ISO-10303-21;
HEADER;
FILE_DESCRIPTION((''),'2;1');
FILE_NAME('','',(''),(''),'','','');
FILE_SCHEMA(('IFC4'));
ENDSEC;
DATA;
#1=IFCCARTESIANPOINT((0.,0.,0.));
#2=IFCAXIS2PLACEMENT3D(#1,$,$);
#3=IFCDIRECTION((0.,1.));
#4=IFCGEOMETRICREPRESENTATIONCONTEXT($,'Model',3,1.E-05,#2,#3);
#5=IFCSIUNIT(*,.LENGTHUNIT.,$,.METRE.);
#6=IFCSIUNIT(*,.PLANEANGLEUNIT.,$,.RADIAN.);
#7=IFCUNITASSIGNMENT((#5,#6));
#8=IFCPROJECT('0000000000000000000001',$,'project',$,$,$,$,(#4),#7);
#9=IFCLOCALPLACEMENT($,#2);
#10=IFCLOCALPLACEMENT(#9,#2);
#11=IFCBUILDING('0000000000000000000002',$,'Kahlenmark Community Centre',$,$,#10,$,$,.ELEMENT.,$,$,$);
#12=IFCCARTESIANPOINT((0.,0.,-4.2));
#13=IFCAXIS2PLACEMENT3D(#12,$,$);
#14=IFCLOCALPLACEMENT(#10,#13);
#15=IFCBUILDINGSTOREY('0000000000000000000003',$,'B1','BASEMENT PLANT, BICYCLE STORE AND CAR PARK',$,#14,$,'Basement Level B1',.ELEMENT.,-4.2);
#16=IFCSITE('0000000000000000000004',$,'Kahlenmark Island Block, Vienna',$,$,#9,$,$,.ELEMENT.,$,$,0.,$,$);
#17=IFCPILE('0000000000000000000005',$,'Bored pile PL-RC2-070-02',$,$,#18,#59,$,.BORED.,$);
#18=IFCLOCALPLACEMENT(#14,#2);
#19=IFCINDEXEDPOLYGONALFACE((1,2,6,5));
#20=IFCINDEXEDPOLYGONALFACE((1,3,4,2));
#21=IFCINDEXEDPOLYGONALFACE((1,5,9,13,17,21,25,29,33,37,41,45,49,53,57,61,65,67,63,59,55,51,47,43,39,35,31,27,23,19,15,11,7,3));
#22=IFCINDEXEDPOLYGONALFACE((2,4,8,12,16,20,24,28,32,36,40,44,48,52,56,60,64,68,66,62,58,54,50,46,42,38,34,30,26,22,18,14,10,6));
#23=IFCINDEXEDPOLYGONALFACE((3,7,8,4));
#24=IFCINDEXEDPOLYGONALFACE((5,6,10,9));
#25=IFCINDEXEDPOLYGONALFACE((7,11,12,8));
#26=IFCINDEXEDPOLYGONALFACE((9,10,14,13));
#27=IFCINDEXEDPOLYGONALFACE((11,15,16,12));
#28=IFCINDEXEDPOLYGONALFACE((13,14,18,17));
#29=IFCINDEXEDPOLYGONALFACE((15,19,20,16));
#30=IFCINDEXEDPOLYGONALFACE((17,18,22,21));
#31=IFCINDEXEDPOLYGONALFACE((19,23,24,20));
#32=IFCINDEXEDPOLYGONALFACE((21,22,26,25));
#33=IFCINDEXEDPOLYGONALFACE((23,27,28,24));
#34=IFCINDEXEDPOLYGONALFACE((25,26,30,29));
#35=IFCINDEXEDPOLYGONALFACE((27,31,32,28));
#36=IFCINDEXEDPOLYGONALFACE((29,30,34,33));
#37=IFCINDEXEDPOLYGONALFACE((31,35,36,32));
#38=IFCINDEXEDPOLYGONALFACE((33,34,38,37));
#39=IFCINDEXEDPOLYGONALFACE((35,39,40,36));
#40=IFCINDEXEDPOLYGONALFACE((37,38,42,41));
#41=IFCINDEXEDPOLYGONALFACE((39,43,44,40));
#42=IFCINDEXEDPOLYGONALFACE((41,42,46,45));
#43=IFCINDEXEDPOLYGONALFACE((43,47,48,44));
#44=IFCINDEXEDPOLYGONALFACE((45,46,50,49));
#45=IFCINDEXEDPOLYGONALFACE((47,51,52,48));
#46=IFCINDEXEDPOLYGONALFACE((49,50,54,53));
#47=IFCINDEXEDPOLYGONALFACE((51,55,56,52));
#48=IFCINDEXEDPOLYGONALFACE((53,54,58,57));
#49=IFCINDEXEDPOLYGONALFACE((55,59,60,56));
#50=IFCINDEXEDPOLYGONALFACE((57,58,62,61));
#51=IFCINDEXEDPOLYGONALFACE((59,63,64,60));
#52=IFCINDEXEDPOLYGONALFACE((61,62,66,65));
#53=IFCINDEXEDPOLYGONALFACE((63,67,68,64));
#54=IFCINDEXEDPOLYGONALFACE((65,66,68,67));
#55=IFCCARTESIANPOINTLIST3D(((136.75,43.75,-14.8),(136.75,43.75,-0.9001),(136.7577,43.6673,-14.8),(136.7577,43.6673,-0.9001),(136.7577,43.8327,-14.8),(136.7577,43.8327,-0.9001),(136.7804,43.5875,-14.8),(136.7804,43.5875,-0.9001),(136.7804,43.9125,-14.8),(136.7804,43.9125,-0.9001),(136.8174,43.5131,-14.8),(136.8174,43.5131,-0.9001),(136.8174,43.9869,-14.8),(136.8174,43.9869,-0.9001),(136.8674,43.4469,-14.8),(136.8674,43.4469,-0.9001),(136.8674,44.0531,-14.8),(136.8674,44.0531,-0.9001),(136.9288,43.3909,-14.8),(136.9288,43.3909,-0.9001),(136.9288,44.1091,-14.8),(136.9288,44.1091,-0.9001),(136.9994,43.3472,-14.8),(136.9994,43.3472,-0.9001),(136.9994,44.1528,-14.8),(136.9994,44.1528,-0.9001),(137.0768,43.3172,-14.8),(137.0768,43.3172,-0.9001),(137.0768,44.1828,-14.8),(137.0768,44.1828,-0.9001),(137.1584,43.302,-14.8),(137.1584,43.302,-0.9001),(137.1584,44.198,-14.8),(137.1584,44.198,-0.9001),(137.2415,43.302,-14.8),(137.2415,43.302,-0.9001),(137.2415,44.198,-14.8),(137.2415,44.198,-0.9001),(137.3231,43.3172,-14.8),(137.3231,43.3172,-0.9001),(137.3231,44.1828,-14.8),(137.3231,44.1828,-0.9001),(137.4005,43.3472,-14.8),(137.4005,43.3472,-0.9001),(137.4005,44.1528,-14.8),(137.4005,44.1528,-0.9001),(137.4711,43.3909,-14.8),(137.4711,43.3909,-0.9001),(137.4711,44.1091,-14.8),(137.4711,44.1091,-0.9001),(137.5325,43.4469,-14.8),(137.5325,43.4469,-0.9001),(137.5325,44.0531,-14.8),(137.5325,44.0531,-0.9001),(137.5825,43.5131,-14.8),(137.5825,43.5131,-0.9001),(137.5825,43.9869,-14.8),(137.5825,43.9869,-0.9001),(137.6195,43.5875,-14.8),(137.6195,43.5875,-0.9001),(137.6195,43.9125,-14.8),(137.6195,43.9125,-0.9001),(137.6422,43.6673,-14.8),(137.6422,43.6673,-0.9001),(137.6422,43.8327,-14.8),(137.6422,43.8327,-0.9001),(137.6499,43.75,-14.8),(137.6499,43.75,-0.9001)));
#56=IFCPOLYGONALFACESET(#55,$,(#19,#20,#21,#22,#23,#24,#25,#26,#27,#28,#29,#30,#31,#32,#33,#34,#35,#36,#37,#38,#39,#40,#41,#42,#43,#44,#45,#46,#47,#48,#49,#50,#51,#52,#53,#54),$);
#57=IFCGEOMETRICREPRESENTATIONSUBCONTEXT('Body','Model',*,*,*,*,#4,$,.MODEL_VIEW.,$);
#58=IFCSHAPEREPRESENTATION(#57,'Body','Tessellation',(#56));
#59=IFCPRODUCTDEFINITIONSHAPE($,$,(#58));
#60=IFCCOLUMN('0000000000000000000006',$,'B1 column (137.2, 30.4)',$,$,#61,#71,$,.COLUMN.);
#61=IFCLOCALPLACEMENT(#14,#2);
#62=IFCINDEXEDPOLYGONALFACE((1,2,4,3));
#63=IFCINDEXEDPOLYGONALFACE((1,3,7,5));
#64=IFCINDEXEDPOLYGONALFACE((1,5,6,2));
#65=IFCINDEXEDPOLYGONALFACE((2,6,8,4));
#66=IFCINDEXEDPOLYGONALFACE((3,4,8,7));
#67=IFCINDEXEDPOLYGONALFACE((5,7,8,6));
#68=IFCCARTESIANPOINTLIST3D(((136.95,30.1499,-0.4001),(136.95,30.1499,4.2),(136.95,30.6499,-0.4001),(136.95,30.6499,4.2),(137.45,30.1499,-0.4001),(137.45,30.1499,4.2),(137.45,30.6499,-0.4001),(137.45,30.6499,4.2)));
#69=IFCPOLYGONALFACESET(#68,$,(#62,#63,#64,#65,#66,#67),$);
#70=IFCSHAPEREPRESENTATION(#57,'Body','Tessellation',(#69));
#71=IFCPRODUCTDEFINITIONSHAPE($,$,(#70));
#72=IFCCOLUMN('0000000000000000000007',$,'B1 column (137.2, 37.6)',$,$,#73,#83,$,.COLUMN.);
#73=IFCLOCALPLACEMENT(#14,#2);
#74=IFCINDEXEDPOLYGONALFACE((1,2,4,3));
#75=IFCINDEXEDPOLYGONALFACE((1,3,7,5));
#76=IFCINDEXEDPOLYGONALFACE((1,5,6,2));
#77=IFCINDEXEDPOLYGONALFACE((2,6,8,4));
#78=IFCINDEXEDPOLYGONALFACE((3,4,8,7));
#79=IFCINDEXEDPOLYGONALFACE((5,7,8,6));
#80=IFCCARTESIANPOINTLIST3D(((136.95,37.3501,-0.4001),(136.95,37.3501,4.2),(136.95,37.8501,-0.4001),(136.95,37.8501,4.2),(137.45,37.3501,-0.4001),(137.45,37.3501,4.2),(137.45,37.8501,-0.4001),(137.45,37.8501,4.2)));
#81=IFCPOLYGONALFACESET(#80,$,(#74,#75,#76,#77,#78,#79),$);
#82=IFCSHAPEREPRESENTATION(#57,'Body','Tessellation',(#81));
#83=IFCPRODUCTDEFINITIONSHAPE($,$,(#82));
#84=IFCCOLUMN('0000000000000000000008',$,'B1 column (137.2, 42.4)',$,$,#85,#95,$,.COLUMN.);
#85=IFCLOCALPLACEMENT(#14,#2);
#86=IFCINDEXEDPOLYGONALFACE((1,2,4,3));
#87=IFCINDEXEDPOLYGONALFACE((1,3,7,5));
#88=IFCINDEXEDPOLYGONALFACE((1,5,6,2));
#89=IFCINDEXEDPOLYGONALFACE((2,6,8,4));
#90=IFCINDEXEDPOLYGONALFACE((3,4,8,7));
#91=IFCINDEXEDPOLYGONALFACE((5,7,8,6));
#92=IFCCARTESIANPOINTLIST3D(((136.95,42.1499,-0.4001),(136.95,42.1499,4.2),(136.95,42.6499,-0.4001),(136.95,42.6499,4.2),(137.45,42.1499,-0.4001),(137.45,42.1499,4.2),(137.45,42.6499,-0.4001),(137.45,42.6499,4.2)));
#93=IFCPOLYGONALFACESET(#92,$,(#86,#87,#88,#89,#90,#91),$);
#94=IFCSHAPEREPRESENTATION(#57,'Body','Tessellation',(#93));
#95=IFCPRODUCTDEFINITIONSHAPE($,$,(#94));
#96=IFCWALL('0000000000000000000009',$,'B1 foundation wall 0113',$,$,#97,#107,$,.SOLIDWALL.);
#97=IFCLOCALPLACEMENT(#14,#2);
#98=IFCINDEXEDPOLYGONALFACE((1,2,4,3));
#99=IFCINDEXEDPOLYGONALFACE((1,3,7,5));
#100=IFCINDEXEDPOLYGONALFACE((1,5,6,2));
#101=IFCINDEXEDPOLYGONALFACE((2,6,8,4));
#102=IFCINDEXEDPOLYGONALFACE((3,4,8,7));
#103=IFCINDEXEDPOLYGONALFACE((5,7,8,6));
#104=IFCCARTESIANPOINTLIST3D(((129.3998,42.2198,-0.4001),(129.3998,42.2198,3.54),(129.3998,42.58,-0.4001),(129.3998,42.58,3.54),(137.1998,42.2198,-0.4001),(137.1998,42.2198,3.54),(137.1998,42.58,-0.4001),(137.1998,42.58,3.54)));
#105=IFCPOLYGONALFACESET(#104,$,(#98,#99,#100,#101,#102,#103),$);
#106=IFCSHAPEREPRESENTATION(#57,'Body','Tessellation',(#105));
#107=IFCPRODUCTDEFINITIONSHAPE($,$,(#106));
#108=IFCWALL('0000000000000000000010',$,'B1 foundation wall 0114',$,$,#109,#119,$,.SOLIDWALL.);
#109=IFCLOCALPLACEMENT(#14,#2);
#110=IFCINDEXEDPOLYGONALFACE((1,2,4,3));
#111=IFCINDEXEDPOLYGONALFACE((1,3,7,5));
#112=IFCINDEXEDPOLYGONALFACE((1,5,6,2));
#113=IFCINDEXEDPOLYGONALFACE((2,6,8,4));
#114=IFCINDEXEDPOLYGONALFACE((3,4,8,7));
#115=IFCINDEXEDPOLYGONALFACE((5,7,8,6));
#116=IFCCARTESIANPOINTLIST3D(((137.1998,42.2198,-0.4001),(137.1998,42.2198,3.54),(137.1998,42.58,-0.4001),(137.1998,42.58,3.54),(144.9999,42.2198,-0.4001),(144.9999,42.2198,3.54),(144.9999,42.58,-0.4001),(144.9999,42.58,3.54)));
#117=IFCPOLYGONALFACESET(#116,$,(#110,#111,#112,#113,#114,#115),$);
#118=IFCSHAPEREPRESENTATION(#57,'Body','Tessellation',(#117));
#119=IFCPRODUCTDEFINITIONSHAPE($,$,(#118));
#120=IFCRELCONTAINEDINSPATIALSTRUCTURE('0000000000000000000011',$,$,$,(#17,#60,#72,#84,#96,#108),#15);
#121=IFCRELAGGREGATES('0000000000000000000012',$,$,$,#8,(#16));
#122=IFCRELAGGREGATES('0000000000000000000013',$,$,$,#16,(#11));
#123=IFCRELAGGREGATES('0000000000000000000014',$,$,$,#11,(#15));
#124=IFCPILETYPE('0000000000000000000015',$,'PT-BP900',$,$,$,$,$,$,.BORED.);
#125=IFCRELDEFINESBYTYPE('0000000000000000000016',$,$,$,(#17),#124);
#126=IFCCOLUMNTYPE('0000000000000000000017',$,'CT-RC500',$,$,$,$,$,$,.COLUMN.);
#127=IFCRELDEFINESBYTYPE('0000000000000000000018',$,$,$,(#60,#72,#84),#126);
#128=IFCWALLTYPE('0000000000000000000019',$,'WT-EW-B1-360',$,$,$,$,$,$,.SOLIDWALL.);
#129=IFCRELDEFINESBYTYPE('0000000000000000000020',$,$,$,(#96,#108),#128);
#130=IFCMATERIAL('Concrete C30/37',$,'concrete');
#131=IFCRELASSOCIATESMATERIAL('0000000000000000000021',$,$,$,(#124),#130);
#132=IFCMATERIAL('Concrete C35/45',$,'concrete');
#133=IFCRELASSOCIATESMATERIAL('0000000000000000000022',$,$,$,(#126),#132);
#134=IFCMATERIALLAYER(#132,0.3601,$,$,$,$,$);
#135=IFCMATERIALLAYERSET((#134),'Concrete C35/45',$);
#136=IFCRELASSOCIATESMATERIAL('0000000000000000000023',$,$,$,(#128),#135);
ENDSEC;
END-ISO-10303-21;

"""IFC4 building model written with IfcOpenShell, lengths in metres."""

from ifc_helpers import new_model, si_unit, direction, frame, frame_2d, origin, origin_2d, place, context, subcontext, project, spatial, rectangle, circle, extrude, material, layer, layer_set, material_profile, profile_set, type_object, element, save


model = new_model("IFC4")

# Units and contexts
model_context = context("Model", 3, precision=1e-05, world=origin(), true_north=direction((0.0, 1.0)))
body_context = subcontext(model_context, "Body", "Model", "MODEL_VIEW")
ifc_project = project(units=[si_unit("LENGTHUNIT", "METRE"), si_unit("PLANEANGLEUNIT", "RADIAN")], contexts=[model_context])

# Site, building, storey
site_placement = place(None, origin())
site = spatial("IfcSite", under=ifc_project, at=site_placement, Name="Kahlenmark Island Block, Vienna", CompositionType="ELEMENT", RefElevation=0.0)
building_placement = place(site_placement, origin())
building = spatial("IfcBuilding", under=site, at=building_placement, Name="Kahlenmark Community Centre", CompositionType="ELEMENT")
storey_placement = place(building_placement, frame((0.0, 0.0, -4.2)))
storey = spatial("IfcBuildingStorey", under=building, at=storey_placement, Name="B1", Description="BASEMENT PLANT, BICYCLE STORE AND CAR PARK", LongName="Basement Level B1", CompositionType="ELEMENT", Elevation=-4.2)

# Shared definitions
ifc_material_1 = material(Name="Concrete C30/37", Category="concrete")

# Pile
ifc_material_profile_1 = material_profile(ifc_material_1, circle(Radius=0.45, at=origin_2d()), Name="BORED PILE 900")
ifc_profile_set_1 = profile_set([ifc_material_profile_1], Name="Concrete C30/37")
pile_type_1 = type_object("IfcPileType", Name="PT-BP900", PredefinedType="BORED", material=ifc_profile_set_1)
for number, where, z_axis, x_axis, name in (
    (1, (137.2, 43.75, -0.9001), (0.0, 0.0, -1.0), (1.0, 0.0, 0.0), "Bored pile PL-RC2-070-02"),
):
    element("IfcPile", number, at=place(storey_placement, frame(where, z_axis=z_axis, x_axis=x_axis)), inside=storey, type_object=pile_type_1, Name=name, PredefinedType="BORED", context=body_context, shape_type="SweptSolid", body=[
        extrude(circle(Radius=0.45, at=origin_2d()), origin(), (0.0, 0.0, 1.0), 13.8999),
    ])

# Columns
ifc_material_2 = material(Name="Concrete C35/45", Category="concrete")
ifc_material_profile_2 = material_profile(ifc_material_2, rectangle(XDim=0.5, YDim=0.5, at=origin_2d()), Name="RC 500x500")
ifc_profile_set_2 = profile_set([ifc_material_profile_2], Name="Concrete C35/45")
column_type = type_object("IfcColumnType", Name="CT-RC500", PredefinedType="COLUMN", material=ifc_profile_set_2)
for number, where, z_axis, x_axis, name in (
    (2, (137.2, 30.3999, -0.4001), (0.0, 0.0, 1.0), (1.0, 0.0, 0.0), "B1 column (137.2, 30.4)"),
    (3, (137.2, 37.6001, -0.4001), (0.0, 0.0, 1.0), (1.0, 0.0, 0.0), "B1 column (137.2, 37.6)"),
    (4, (137.2, 42.3999, -0.4001), (0.0, 0.0, 1.0), (1.0, 0.0, 0.0), "B1 column (137.2, 42.4)"),
):
    element("IfcColumn", number, at=place(storey_placement, frame(where, z_axis=z_axis, x_axis=x_axis)), inside=storey, type_object=column_type, Name=name, PredefinedType="COLUMN", context=body_context, shape_type="SweptSolid", body=[
        extrude(rectangle(XDim=0.5, YDim=0.5, at=origin_2d()), origin(), (0.0, 0.0, 1.0), 4.6001),
    ])

# Walls
ifc_layer = layer(ifc_material_2, 0.3601)
ifc_layer_set = layer_set([ifc_layer], Name="Concrete C35/45")
wall_type = type_object("IfcWallType", Name="WT-EW-B1-360", PredefinedType="SOLIDWALL", material=ifc_layer_set)
for number, where, z_axis, x_axis, name in (
    (5, (129.3999, 42.3999, -0.4001), (0.0, 0.0, 1.0), (1.0, 0.0, 0.0), "B1 foundation wall 0113"),
    (6, (137.2, 42.3999, -0.4001), (0.0, 0.0, 1.0), (1.0, 0.0, 0.0), "B1 foundation wall 0114"),
):
    element("IfcWall", number, at=place(storey_placement, frame(where, z_axis=z_axis, x_axis=x_axis)), inside=storey, type_object=wall_type, Name=name, PredefinedType="SOLIDWALL", context=body_context, shape_type="SweptSolid", body=[
        extrude(rectangle(XDim=7.8, YDim=0.3601, at=frame_2d((3.8999, 0.0))), origin(), (0.0, 0.0, 1.0), 3.9402),
    ])

save(model, "model.ifc")
